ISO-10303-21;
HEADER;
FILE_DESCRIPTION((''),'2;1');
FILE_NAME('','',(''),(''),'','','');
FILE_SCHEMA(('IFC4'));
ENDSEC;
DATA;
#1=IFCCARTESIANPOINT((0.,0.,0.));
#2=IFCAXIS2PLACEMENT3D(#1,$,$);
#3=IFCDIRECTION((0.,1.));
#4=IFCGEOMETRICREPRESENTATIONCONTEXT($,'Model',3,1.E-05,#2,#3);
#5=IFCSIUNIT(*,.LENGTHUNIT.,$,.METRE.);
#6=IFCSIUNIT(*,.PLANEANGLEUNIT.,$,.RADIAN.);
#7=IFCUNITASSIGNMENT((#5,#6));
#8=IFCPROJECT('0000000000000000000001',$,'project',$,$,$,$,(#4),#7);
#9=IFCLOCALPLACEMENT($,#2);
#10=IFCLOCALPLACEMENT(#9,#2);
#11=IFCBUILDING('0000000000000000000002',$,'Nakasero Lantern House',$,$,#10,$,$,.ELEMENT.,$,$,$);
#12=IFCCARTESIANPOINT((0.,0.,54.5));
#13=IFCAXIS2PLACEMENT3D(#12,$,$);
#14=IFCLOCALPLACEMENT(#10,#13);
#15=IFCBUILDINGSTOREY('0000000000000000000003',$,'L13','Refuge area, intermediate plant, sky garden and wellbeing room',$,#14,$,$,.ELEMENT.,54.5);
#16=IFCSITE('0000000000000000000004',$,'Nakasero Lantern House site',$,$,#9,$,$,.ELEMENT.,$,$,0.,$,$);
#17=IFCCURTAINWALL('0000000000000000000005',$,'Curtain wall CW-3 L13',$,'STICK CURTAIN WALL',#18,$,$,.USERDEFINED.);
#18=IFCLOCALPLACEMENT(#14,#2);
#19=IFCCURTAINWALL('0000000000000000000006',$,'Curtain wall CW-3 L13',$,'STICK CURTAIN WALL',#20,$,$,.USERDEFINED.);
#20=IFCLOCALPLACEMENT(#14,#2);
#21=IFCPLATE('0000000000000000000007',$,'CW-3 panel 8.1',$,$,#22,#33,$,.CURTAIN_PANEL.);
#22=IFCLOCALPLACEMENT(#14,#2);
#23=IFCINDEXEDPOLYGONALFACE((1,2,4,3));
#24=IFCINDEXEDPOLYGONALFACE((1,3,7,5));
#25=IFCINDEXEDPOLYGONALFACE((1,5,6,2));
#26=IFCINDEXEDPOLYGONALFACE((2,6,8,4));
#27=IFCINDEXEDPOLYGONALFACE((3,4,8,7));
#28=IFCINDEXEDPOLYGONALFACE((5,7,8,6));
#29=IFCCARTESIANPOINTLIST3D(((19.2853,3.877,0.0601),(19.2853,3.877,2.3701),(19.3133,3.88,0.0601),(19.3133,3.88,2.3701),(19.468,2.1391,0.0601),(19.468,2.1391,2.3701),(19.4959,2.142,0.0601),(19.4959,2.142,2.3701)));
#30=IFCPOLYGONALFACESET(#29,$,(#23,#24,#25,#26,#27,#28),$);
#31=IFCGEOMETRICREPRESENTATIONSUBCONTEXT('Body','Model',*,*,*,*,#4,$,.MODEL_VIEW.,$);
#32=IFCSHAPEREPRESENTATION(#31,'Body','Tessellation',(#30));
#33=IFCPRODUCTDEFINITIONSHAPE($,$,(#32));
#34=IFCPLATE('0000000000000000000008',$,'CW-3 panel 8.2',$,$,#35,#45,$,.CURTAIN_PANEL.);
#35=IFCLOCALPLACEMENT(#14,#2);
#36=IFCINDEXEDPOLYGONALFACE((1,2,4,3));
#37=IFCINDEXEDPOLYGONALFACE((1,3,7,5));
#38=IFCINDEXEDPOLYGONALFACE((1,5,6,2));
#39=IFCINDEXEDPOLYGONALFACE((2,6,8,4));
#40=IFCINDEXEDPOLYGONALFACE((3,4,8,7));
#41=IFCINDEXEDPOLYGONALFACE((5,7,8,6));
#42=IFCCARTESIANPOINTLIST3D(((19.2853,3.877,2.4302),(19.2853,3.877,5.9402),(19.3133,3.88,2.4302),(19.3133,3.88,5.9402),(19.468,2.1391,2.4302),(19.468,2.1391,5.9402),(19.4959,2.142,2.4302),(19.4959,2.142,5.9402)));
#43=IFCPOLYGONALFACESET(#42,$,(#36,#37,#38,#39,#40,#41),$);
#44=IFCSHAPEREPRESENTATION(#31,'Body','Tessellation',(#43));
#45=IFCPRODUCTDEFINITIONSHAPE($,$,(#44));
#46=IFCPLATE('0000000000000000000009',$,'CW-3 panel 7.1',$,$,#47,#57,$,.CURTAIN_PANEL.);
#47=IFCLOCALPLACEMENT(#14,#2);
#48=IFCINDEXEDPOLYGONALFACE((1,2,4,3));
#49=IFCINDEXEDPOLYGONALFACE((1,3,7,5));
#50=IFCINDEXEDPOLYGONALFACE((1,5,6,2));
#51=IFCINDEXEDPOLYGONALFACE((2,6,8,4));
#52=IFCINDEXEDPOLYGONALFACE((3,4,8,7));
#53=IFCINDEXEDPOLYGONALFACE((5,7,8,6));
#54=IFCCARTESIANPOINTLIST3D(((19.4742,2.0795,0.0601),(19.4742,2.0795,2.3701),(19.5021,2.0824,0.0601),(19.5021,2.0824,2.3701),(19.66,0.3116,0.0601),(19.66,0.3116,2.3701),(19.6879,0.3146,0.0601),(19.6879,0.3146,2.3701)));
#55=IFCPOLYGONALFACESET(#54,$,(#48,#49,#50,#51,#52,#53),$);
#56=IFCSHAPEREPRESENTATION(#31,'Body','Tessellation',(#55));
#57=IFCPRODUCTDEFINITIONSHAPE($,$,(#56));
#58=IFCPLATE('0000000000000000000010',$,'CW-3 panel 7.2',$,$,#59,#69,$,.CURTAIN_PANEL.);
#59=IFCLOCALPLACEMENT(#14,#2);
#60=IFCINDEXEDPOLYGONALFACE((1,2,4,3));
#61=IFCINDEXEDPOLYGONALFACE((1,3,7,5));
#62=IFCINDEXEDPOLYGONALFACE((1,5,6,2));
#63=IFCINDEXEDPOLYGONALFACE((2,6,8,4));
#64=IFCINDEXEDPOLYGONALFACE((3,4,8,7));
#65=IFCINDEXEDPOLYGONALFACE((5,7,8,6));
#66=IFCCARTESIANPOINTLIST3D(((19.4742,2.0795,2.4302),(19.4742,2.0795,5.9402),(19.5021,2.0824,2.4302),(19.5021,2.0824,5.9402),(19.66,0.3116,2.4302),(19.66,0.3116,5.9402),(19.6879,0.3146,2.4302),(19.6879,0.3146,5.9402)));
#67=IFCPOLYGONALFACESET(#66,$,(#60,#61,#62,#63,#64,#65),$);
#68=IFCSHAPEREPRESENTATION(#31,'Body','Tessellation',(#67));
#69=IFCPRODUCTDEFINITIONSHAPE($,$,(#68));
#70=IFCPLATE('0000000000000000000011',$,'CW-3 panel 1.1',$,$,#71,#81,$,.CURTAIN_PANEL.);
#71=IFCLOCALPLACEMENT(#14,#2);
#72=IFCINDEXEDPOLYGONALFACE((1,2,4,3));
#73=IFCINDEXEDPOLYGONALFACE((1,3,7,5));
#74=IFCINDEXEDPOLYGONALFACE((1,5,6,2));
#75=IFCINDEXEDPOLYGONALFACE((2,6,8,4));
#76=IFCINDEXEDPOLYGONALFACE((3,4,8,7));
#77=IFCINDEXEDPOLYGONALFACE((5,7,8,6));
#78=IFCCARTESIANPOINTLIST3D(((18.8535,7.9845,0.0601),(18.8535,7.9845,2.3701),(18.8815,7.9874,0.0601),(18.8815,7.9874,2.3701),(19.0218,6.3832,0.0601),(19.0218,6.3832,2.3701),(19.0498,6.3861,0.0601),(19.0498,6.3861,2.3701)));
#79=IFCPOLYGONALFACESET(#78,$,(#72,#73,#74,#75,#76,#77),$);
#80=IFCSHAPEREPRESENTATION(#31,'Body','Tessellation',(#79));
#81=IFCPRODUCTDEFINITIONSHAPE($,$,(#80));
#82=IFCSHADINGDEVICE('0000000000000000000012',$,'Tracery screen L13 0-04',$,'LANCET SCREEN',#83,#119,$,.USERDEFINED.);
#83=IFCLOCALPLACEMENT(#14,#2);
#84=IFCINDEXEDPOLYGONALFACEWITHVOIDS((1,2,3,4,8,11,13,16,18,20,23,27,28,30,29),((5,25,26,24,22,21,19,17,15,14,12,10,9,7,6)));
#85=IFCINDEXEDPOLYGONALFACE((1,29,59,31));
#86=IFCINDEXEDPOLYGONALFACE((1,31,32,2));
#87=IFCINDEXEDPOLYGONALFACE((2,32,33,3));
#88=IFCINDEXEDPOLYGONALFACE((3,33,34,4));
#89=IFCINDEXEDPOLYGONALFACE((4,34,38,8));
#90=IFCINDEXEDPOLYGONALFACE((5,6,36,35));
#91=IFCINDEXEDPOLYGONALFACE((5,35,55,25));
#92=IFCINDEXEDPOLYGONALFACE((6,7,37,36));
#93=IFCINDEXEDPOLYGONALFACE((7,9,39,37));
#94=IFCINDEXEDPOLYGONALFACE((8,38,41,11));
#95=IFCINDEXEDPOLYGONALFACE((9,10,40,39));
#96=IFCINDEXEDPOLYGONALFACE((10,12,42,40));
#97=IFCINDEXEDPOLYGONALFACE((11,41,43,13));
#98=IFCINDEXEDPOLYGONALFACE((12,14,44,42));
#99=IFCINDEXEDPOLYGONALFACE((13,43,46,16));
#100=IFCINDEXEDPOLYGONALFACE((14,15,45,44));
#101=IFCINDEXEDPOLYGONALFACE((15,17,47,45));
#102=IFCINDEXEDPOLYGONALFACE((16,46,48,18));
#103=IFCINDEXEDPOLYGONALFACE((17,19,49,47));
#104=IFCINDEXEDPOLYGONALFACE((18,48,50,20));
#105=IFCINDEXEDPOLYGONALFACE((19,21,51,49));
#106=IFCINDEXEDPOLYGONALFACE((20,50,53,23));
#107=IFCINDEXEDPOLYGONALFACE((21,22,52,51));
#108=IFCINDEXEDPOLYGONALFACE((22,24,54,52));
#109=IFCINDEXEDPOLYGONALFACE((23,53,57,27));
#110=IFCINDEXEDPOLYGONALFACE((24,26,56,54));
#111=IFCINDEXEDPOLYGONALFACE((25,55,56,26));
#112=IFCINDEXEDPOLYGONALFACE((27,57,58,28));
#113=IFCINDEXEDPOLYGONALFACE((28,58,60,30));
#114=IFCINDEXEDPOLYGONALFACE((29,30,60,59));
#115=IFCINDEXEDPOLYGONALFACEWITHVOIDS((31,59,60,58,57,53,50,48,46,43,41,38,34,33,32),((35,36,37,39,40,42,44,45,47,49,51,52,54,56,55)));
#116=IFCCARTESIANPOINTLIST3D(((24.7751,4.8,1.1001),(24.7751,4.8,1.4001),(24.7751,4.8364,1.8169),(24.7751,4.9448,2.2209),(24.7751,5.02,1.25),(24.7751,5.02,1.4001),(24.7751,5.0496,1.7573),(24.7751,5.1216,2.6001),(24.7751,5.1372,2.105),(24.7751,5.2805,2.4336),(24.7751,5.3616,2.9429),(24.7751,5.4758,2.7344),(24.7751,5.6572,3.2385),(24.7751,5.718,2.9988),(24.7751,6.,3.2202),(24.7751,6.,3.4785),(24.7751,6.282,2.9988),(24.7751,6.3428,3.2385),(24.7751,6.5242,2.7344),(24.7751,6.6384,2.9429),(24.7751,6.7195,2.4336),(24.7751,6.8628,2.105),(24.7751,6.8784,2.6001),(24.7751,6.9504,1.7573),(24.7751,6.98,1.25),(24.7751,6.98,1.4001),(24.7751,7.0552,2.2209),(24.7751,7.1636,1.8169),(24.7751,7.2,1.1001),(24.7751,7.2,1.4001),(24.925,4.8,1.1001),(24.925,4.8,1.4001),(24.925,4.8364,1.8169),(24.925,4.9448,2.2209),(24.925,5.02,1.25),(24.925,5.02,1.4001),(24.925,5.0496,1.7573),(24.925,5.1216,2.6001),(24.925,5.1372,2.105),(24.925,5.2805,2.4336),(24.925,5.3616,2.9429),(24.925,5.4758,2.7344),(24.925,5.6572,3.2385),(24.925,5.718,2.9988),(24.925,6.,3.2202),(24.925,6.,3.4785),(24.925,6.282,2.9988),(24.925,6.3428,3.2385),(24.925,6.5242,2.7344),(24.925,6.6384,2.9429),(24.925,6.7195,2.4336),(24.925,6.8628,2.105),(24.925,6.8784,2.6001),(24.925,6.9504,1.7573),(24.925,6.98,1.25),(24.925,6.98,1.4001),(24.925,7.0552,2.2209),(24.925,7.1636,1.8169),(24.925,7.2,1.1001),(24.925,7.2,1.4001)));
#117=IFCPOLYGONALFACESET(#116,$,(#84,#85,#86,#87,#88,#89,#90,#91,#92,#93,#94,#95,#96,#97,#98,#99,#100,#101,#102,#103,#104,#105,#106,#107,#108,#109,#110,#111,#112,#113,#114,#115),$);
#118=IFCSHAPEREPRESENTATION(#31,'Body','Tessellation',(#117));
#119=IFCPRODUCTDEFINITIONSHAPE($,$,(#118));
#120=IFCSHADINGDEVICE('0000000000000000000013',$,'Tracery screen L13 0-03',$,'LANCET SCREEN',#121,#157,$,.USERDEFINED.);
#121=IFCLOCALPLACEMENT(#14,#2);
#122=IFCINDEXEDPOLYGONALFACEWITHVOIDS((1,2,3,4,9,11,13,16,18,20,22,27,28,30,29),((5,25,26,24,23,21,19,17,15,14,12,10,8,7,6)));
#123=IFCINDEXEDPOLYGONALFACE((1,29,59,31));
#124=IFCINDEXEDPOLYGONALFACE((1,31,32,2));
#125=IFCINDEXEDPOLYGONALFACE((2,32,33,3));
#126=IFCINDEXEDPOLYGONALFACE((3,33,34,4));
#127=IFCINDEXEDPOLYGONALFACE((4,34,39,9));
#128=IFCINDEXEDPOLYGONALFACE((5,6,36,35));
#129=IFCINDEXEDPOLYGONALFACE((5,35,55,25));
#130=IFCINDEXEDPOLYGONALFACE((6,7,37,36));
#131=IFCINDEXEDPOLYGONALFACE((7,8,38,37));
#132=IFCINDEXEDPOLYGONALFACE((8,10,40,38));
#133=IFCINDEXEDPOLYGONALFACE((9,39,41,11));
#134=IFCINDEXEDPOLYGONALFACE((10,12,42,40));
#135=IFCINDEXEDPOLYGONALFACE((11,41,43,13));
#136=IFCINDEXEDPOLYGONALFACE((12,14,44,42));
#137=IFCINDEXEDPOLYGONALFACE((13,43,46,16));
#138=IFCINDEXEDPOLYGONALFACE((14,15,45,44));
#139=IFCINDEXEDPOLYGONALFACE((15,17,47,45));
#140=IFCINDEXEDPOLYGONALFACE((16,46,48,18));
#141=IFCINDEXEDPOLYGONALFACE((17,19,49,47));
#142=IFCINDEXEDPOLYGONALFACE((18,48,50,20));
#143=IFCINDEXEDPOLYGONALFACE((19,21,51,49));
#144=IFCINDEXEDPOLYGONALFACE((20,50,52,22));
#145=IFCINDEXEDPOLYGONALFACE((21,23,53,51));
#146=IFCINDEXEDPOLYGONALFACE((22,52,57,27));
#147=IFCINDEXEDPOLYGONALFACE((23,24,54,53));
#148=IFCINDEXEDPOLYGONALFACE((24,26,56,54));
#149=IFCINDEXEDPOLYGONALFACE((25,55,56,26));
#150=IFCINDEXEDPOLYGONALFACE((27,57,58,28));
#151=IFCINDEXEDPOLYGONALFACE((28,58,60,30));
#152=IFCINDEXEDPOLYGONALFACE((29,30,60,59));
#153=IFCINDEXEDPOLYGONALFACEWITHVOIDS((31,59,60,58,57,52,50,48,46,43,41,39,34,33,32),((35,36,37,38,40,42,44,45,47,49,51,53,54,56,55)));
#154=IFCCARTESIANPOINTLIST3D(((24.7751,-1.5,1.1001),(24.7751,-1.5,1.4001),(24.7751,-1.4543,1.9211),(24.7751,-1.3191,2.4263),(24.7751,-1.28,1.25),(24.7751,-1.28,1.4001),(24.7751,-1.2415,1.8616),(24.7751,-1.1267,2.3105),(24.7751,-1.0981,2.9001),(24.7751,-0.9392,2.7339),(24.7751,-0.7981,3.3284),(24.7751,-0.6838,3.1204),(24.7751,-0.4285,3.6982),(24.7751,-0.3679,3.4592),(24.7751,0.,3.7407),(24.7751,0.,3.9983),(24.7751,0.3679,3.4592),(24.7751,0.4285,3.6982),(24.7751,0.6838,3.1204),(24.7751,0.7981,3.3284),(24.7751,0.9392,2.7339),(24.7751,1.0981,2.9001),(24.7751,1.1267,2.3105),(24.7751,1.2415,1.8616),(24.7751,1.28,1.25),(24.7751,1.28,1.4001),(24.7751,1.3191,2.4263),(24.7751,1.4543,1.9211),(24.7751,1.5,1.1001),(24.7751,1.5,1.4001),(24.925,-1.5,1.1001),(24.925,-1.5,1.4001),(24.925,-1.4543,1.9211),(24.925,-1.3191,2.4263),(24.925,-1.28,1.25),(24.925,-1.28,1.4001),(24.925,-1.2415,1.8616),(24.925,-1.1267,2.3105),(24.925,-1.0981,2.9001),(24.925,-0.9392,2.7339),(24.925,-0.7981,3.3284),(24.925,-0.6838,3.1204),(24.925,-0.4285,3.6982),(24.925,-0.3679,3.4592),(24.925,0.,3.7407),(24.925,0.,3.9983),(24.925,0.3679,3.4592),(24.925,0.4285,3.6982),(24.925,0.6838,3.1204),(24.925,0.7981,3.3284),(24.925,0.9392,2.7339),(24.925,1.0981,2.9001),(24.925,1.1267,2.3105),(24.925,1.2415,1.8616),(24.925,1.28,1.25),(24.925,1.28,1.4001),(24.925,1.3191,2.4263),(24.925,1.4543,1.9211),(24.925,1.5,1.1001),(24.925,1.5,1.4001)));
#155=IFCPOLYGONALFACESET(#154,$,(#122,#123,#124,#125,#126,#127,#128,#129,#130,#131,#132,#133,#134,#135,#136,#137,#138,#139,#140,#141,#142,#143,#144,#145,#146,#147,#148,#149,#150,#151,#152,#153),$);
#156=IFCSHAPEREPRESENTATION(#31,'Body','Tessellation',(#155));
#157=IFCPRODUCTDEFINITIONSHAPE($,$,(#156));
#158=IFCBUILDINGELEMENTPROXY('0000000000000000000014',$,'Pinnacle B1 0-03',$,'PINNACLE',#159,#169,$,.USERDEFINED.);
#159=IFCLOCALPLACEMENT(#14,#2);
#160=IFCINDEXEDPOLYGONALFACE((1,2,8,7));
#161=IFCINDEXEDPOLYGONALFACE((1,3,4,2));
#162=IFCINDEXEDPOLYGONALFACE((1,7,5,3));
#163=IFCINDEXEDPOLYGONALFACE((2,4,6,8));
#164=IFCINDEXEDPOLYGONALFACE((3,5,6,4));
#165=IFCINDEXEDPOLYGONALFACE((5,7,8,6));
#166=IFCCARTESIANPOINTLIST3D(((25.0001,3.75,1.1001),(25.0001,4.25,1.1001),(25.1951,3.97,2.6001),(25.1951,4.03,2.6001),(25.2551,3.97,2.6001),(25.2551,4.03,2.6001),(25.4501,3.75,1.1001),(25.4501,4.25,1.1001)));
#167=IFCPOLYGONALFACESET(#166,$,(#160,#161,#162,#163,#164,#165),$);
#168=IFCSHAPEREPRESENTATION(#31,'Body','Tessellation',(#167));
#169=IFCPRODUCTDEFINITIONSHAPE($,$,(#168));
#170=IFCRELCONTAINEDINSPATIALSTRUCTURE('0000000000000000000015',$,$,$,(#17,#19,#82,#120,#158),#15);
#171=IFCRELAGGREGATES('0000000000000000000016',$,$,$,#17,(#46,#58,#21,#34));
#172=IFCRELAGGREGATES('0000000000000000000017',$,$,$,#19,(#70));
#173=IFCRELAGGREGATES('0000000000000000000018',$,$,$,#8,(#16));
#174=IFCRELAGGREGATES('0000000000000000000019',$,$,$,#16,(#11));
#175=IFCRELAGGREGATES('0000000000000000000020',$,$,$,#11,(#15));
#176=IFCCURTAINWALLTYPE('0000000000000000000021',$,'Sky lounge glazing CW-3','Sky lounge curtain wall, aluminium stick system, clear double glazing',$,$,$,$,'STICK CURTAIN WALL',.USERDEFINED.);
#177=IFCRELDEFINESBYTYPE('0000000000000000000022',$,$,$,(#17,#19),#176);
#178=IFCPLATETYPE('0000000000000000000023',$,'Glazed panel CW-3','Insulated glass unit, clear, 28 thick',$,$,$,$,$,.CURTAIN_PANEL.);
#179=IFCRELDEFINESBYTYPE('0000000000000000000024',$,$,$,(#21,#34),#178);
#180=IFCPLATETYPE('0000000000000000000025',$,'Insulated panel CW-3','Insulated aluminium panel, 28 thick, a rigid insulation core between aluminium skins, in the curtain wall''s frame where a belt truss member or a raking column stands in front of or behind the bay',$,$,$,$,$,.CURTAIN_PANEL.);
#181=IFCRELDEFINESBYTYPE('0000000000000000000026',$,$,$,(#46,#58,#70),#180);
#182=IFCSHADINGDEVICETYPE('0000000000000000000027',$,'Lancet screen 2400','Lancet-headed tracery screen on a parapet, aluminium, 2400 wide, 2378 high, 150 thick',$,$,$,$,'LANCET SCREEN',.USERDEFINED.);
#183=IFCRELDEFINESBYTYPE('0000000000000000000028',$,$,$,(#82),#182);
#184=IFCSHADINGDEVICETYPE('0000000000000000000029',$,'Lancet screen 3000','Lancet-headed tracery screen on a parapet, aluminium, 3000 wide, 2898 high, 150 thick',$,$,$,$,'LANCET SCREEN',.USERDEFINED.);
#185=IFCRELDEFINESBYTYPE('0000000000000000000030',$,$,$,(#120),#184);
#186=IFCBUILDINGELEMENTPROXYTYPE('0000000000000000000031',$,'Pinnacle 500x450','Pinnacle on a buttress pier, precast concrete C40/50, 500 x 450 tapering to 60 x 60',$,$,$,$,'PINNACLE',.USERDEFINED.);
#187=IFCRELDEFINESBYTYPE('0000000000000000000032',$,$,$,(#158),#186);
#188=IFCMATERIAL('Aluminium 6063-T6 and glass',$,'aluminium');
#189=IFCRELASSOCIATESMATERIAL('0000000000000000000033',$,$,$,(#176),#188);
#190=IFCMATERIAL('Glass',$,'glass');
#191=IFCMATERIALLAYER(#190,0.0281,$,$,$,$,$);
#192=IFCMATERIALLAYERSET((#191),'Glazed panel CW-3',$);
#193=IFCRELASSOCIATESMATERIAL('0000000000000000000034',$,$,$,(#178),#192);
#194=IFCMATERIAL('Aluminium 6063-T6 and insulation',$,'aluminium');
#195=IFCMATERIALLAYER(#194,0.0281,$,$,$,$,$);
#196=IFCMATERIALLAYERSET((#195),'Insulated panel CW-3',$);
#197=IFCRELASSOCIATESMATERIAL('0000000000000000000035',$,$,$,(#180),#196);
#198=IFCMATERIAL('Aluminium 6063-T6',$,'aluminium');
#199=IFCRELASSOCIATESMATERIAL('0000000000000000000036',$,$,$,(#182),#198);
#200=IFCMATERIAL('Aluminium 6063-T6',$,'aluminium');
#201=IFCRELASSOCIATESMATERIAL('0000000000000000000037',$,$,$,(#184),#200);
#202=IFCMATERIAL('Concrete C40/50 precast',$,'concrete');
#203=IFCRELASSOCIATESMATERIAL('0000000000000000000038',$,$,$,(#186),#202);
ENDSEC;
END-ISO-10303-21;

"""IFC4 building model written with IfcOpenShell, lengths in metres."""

from ifc_helpers import new_model, entity, si_unit, direction, frame, origin, origin_2d, place, context, subcontext, project, spatial, polyline, rectangle, outline, extrude, material, layer, layer_set, type_object, element, aggregate, save


model = new_model("IFC4")

# Units and contexts
model_context = context("Model", 3, precision=1e-05, world=origin(), true_north=direction((0.0, 1.0)))
body_context = subcontext(model_context, "Body", "Model", "MODEL_VIEW")
ifc_project = project(units=[si_unit("LENGTHUNIT", "METRE"), si_unit("PLANEANGLEUNIT", "RADIAN")], contexts=[model_context])

# Site, building, storey
site_placement = place(None, origin())
site = spatial("IfcSite", under=ifc_project, at=site_placement, Name="Nakasero Lantern House site", CompositionType="ELEMENT", RefElevation=0.0)
building_placement = place(site_placement, origin())
building = spatial("IfcBuilding", under=site, at=building_placement, Name="Nakasero Lantern House", CompositionType="ELEMENT")
storey_placement = place(building_placement, frame((0.0, 0.0, 54.5)))
storey = spatial("IfcBuildingStorey", under=building, at=storey_placement, Name="L13", Description="Refuge area, intermediate plant, sky garden and wellbeing room", CompositionType="ELEMENT", Elevation=54.5)

# Curtain wall
ifc_material_1 = material(Name="Aluminium 6063-T6 and glass", Category="aluminium")
curtain_wall_type = type_object("IfcCurtainWallType", Name="Sky lounge glazing CW-3", Description="Sky lounge curtain wall, aluminium stick system, clear double glazing", ElementType="STICK CURTAIN WALL", PredefinedType="USERDEFINED", material=ifc_material_1)
curtain_wall_1_placement = place(storey_placement, origin())
curtain_wall_1 = element("IfcCurtainWall", 1, at=curtain_wall_1_placement, inside=storey, type_object=curtain_wall_type, Name="Curtain wall CW-3 L13", ObjectType="STICK CURTAIN WALL", PredefinedType="USERDEFINED")

# Curtain wall
curtain_wall_2_placement = place(storey_placement, origin())
curtain_wall_2 = element("IfcCurtainWall", 2, at=curtain_wall_2_placement, inside=storey, type_object=curtain_wall_type, Name="Curtain wall CW-3 L13", ObjectType="STICK CURTAIN WALL", PredefinedType="USERDEFINED")

# Plates
ifc_material_2 = material(Name="Glass", Category="glass")
ifc_layer_1 = layer(ifc_material_2, 0.0281)
ifc_layer_set_1 = layer_set([ifc_layer_1], Name="Glazed panel CW-3")
plate_type_1 = type_object("IfcPlateType", Name="Glazed panel CW-3", Description="Insulated glass unit, clear, 28 thick", PredefinedType="CURTAIN_PANEL", material=ifc_layer_set_1)
plate_1_placement = place(storey_placement, frame((19.3906, 3.0095, 0.0601), z_axis=(0.0, 0.0, 1.0), x_axis=(-0.104528, 0.994522, 0.0)))
plate_1 = element("IfcPlate", 3, at=plate_1_placement, type_object=plate_type_1, Name="CW-3 panel 8.1", PredefinedType="CURTAIN_PANEL", context=body_context, shape_type="SweptSolid", body=[
    extrude(rectangle(XDim=1.7476, YDim=0.0281, at=origin_2d()), origin(), (0.0, 0.0, 1.0), 2.3101),
])
plate_2_placement = place(storey_placement, frame((19.3906, 3.0095, 2.4302), z_axis=(0.0, 0.0, 1.0), x_axis=(-0.104528, 0.994522, 0.0)))
plate_2 = element("IfcPlate", 4, at=plate_2_placement, type_object=plate_type_1, Name="CW-3 panel 8.2", PredefinedType="CURTAIN_PANEL", context=body_context, shape_type="SweptSolid", body=[
    extrude(rectangle(XDim=1.7476, YDim=0.0281, at=origin_2d()), origin(), (0.0, 0.0, 1.0), 3.51),
])
ifc_material_3 = material(Name="Aluminium 6063-T6 and insulation", Category="aluminium")
ifc_layer_2 = layer(ifc_material_3, 0.0281)
ifc_layer_set_2 = layer_set([ifc_layer_2], Name="Insulated panel CW-3")
plate_type_2 = type_object("IfcPlateType", Name="Insulated panel CW-3", Description="Insulated aluminium panel, 28 thick, a rigid insulation core between aluminium skins, in the curtain wall's frame where a belt truss member or a raking column stands in front of or behind the bay", PredefinedType="CURTAIN_PANEL", material=ifc_layer_set_2)
plate_3_placement = place(storey_placement, frame((19.5811, 1.197, 0.0601), z_axis=(0.0, 0.0, 1.0), x_axis=(-0.104528, 0.994522, 0.0)))
plate_3 = element("IfcPlate", 5, at=plate_3_placement, type_object=plate_type_2, Name="CW-3 panel 7.1", PredefinedType="CURTAIN_PANEL", context=body_context, shape_type="SweptSolid", body=[
    extrude(rectangle(XDim=1.7776, YDim=0.0281, at=origin_2d()), origin(), (0.0, 0.0, 1.0), 2.3101),
])
plate_4_placement = place(storey_placement, frame((19.5811, 1.197, 2.4302), z_axis=(0.0, 0.0, 1.0), x_axis=(-0.104528, 0.994522, 0.0)))
plate_4 = element("IfcPlate", 6, at=plate_4_placement, type_object=plate_type_2, Name="CW-3 panel 7.2", PredefinedType="CURTAIN_PANEL", context=body_context, shape_type="SweptSolid", body=[
    extrude(rectangle(XDim=1.7776, YDim=0.0281, at=origin_2d()), origin(), (0.0, 0.0, 1.0), 3.51),
])
aggregate(curtain_wall_1, [plate_3, plate_4, plate_1, plate_2])
plate_5_placement = place(storey_placement, frame((18.9517, 7.1853, 0.0601), z_axis=(0.0, 0.0, 1.0), x_axis=(-0.104528, 0.994522, 0.0)))
plate_5 = element("IfcPlate", 7, at=plate_5_placement, type_object=plate_type_2, Name="CW-3 panel 1.1", PredefinedType="CURTAIN_PANEL", context=body_context, shape_type="SweptSolid", body=[
    extrude(rectangle(XDim=1.6101, YDim=0.0281, at=origin_2d()), origin(), (0.0, 0.0, 1.0), 2.3101),
])
aggregate(curtain_wall_2, [plate_5])

# Shading devices
ifc_material_4 = material(Name="Aluminium 6063-T6", Category="aluminium")
shading_device_type_1 = type_object("IfcShadingDeviceType", Name="Lancet screen 2400", Description="Lancet-headed tracery screen on a parapet, aluminium, 2400 wide, 2378 high, 150 thick", ElementType="LANCET SCREEN", PredefinedType="USERDEFINED", material=ifc_material_4)
shading_device_1_placement = place(storey_placement, frame((24.8501, 6.0, 1.1001), z_axis=(0.0, 0.0, 1.0), x_axis=(0.0, 1.0, 0.0)))
element("IfcShadingDevice", 8, at=shading_device_1_placement, inside=storey, type_object=shading_device_type_1, Name="Tracery screen L13 0-04", ObjectType="LANCET SCREEN", PredefinedType="USERDEFINED", context=body_context, shape_type="SweptSolid", body=[
    extrude(outline(polyline([(-1.2, 0.0), (1.2, 0.0), (1.2, 0.3), (1.1636, 0.7168), (1.0552, 1.1208), (0.8784, 1.5), (0.6384, 1.8428), (0.3428, 2.1384), (0.0, 2.3784), (-0.3428, 2.1384), (-0.6384, 1.8428), (-0.8784, 1.5), (-1.0552, 1.1208), (-1.1636, 0.7168), (-1.2, 0.3), (-1.2, 0.0)]), holes=[polyline([(-0.98, 0.1499), (0.98, 0.1499), (0.98, 0.3), (0.9504, 0.6572), (0.8628, 1.0049), (0.7195, 1.3335), (0.5242, 1.6343), (0.282, 1.8987), (0.0, 2.1201), (-0.282, 1.8987), (-0.5242, 1.6343), (-0.7195, 1.3335), (-0.8628, 1.0049), (-0.9504, 0.6572), (-0.98, 0.3), (-0.98, 0.1499)])]), frame((0.0, 0.075, 0.0), z_axis=(0.0, -1.0, 0.0), x_axis=(1.0, 0.0, 0.0)), (0.0, 0.0, 1.0), 0.1499),
])
ifc_material_5 = material(Name="Aluminium 6063-T6", Category="aluminium")
shading_device_type_2 = type_object("IfcShadingDeviceType", Name="Lancet screen 3000", Description="Lancet-headed tracery screen on a parapet, aluminium, 3000 wide, 2898 high, 150 thick", ElementType="LANCET SCREEN", PredefinedType="USERDEFINED", material=ifc_material_5)
shading_device_2_placement = place(storey_placement, frame((24.8501, 0.0, 1.1001), z_axis=(0.0, 0.0, 1.0), x_axis=(0.0, 1.0, 0.0)))
element("IfcShadingDevice", 9, at=shading_device_2_placement, inside=storey, type_object=shading_device_type_2, Name="Tracery screen L13 0-03", ObjectType="LANCET SCREEN", PredefinedType="USERDEFINED", context=body_context, shape_type="SweptSolid", body=[
    extrude(outline(polyline([(-1.5, 0.0), (1.5, 0.0), (1.5, 0.3), (1.4543, 0.821), (1.3191, 1.3262), (1.0981, 1.8), (0.7981, 2.2283), (0.4285, 2.5981), (0.0, 2.8982), (-0.4285, 2.5981), (-0.7981, 2.2283), (-1.0981, 1.8), (-1.3191, 1.3262), (-1.4543, 0.821), (-1.5, 0.3), (-1.5, 0.0)]), holes=[polyline([(-1.28, 0.1499), (1.28, 0.1499), (1.28, 0.3), (1.2415, 0.7615), (1.1267, 1.2104), (0.9392, 1.6338), (0.6838, 2.0203), (0.3679, 2.3591), (0.0, 2.6406), (-0.3679, 2.3591), (-0.6838, 2.0203), (-0.9392, 1.6338), (-1.1267, 1.2104), (-1.2415, 0.7615), (-1.28, 0.3), (-1.28, 0.1499)])]), frame((0.0, 0.075, 0.0), z_axis=(0.0, -1.0, 0.0), x_axis=(1.0, 0.0, 0.0)), (0.0, 0.0, 1.0), 0.1499),
])

# Building element proxy
ifc_material_6 = material(Name="Concrete C40/50 precast", Category="concrete")
building_element_proxy_type = type_object("IfcBuildingElementProxyType", Name="Pinnacle 500x450", Description="Pinnacle on a buttress pier, precast concrete C40/50, 500 x 450 tapering to 60 x 60", ElementType="PINNACLE", PredefinedType="USERDEFINED", material=ifc_material_6)
proxy_placement = place(storey_placement, frame((25.2251, 4.0, 1.1001), z_axis=(0.0, 0.0, 1.0), x_axis=(1.0, 0.0, 0.0)))
element("IfcBuildingElementProxy", 10, at=proxy_placement, inside=storey, type_object=building_element_proxy_type, Name="Pinnacle B1 0-03", ObjectType="PINNACLE", PredefinedType="USERDEFINED", context=body_context, shape_type="SweptSolid", body=[
    entity("IfcExtrudedAreaSolidTapered", entity("IfcRectangleProfileDef", "AREA", None, entity("IfcAxis2Placement2D", entity("IfcCartesianPoint", [0.0, 0.0])), 0.45, 0.5), entity("IfcAxis2Placement3D", entity("IfcCartesianPoint", [0.0, 0.0, 0.0])), entity("IfcDirection", [0.0, 0.0, 1.0]), 1.5, entity("IfcRectangleProfileDef", "AREA", None, entity("IfcAxis2Placement2D", entity("IfcCartesianPoint", [0.0, 0.0])), 0.0601, 0.0601)),
])

save(model, "model.ifc")
